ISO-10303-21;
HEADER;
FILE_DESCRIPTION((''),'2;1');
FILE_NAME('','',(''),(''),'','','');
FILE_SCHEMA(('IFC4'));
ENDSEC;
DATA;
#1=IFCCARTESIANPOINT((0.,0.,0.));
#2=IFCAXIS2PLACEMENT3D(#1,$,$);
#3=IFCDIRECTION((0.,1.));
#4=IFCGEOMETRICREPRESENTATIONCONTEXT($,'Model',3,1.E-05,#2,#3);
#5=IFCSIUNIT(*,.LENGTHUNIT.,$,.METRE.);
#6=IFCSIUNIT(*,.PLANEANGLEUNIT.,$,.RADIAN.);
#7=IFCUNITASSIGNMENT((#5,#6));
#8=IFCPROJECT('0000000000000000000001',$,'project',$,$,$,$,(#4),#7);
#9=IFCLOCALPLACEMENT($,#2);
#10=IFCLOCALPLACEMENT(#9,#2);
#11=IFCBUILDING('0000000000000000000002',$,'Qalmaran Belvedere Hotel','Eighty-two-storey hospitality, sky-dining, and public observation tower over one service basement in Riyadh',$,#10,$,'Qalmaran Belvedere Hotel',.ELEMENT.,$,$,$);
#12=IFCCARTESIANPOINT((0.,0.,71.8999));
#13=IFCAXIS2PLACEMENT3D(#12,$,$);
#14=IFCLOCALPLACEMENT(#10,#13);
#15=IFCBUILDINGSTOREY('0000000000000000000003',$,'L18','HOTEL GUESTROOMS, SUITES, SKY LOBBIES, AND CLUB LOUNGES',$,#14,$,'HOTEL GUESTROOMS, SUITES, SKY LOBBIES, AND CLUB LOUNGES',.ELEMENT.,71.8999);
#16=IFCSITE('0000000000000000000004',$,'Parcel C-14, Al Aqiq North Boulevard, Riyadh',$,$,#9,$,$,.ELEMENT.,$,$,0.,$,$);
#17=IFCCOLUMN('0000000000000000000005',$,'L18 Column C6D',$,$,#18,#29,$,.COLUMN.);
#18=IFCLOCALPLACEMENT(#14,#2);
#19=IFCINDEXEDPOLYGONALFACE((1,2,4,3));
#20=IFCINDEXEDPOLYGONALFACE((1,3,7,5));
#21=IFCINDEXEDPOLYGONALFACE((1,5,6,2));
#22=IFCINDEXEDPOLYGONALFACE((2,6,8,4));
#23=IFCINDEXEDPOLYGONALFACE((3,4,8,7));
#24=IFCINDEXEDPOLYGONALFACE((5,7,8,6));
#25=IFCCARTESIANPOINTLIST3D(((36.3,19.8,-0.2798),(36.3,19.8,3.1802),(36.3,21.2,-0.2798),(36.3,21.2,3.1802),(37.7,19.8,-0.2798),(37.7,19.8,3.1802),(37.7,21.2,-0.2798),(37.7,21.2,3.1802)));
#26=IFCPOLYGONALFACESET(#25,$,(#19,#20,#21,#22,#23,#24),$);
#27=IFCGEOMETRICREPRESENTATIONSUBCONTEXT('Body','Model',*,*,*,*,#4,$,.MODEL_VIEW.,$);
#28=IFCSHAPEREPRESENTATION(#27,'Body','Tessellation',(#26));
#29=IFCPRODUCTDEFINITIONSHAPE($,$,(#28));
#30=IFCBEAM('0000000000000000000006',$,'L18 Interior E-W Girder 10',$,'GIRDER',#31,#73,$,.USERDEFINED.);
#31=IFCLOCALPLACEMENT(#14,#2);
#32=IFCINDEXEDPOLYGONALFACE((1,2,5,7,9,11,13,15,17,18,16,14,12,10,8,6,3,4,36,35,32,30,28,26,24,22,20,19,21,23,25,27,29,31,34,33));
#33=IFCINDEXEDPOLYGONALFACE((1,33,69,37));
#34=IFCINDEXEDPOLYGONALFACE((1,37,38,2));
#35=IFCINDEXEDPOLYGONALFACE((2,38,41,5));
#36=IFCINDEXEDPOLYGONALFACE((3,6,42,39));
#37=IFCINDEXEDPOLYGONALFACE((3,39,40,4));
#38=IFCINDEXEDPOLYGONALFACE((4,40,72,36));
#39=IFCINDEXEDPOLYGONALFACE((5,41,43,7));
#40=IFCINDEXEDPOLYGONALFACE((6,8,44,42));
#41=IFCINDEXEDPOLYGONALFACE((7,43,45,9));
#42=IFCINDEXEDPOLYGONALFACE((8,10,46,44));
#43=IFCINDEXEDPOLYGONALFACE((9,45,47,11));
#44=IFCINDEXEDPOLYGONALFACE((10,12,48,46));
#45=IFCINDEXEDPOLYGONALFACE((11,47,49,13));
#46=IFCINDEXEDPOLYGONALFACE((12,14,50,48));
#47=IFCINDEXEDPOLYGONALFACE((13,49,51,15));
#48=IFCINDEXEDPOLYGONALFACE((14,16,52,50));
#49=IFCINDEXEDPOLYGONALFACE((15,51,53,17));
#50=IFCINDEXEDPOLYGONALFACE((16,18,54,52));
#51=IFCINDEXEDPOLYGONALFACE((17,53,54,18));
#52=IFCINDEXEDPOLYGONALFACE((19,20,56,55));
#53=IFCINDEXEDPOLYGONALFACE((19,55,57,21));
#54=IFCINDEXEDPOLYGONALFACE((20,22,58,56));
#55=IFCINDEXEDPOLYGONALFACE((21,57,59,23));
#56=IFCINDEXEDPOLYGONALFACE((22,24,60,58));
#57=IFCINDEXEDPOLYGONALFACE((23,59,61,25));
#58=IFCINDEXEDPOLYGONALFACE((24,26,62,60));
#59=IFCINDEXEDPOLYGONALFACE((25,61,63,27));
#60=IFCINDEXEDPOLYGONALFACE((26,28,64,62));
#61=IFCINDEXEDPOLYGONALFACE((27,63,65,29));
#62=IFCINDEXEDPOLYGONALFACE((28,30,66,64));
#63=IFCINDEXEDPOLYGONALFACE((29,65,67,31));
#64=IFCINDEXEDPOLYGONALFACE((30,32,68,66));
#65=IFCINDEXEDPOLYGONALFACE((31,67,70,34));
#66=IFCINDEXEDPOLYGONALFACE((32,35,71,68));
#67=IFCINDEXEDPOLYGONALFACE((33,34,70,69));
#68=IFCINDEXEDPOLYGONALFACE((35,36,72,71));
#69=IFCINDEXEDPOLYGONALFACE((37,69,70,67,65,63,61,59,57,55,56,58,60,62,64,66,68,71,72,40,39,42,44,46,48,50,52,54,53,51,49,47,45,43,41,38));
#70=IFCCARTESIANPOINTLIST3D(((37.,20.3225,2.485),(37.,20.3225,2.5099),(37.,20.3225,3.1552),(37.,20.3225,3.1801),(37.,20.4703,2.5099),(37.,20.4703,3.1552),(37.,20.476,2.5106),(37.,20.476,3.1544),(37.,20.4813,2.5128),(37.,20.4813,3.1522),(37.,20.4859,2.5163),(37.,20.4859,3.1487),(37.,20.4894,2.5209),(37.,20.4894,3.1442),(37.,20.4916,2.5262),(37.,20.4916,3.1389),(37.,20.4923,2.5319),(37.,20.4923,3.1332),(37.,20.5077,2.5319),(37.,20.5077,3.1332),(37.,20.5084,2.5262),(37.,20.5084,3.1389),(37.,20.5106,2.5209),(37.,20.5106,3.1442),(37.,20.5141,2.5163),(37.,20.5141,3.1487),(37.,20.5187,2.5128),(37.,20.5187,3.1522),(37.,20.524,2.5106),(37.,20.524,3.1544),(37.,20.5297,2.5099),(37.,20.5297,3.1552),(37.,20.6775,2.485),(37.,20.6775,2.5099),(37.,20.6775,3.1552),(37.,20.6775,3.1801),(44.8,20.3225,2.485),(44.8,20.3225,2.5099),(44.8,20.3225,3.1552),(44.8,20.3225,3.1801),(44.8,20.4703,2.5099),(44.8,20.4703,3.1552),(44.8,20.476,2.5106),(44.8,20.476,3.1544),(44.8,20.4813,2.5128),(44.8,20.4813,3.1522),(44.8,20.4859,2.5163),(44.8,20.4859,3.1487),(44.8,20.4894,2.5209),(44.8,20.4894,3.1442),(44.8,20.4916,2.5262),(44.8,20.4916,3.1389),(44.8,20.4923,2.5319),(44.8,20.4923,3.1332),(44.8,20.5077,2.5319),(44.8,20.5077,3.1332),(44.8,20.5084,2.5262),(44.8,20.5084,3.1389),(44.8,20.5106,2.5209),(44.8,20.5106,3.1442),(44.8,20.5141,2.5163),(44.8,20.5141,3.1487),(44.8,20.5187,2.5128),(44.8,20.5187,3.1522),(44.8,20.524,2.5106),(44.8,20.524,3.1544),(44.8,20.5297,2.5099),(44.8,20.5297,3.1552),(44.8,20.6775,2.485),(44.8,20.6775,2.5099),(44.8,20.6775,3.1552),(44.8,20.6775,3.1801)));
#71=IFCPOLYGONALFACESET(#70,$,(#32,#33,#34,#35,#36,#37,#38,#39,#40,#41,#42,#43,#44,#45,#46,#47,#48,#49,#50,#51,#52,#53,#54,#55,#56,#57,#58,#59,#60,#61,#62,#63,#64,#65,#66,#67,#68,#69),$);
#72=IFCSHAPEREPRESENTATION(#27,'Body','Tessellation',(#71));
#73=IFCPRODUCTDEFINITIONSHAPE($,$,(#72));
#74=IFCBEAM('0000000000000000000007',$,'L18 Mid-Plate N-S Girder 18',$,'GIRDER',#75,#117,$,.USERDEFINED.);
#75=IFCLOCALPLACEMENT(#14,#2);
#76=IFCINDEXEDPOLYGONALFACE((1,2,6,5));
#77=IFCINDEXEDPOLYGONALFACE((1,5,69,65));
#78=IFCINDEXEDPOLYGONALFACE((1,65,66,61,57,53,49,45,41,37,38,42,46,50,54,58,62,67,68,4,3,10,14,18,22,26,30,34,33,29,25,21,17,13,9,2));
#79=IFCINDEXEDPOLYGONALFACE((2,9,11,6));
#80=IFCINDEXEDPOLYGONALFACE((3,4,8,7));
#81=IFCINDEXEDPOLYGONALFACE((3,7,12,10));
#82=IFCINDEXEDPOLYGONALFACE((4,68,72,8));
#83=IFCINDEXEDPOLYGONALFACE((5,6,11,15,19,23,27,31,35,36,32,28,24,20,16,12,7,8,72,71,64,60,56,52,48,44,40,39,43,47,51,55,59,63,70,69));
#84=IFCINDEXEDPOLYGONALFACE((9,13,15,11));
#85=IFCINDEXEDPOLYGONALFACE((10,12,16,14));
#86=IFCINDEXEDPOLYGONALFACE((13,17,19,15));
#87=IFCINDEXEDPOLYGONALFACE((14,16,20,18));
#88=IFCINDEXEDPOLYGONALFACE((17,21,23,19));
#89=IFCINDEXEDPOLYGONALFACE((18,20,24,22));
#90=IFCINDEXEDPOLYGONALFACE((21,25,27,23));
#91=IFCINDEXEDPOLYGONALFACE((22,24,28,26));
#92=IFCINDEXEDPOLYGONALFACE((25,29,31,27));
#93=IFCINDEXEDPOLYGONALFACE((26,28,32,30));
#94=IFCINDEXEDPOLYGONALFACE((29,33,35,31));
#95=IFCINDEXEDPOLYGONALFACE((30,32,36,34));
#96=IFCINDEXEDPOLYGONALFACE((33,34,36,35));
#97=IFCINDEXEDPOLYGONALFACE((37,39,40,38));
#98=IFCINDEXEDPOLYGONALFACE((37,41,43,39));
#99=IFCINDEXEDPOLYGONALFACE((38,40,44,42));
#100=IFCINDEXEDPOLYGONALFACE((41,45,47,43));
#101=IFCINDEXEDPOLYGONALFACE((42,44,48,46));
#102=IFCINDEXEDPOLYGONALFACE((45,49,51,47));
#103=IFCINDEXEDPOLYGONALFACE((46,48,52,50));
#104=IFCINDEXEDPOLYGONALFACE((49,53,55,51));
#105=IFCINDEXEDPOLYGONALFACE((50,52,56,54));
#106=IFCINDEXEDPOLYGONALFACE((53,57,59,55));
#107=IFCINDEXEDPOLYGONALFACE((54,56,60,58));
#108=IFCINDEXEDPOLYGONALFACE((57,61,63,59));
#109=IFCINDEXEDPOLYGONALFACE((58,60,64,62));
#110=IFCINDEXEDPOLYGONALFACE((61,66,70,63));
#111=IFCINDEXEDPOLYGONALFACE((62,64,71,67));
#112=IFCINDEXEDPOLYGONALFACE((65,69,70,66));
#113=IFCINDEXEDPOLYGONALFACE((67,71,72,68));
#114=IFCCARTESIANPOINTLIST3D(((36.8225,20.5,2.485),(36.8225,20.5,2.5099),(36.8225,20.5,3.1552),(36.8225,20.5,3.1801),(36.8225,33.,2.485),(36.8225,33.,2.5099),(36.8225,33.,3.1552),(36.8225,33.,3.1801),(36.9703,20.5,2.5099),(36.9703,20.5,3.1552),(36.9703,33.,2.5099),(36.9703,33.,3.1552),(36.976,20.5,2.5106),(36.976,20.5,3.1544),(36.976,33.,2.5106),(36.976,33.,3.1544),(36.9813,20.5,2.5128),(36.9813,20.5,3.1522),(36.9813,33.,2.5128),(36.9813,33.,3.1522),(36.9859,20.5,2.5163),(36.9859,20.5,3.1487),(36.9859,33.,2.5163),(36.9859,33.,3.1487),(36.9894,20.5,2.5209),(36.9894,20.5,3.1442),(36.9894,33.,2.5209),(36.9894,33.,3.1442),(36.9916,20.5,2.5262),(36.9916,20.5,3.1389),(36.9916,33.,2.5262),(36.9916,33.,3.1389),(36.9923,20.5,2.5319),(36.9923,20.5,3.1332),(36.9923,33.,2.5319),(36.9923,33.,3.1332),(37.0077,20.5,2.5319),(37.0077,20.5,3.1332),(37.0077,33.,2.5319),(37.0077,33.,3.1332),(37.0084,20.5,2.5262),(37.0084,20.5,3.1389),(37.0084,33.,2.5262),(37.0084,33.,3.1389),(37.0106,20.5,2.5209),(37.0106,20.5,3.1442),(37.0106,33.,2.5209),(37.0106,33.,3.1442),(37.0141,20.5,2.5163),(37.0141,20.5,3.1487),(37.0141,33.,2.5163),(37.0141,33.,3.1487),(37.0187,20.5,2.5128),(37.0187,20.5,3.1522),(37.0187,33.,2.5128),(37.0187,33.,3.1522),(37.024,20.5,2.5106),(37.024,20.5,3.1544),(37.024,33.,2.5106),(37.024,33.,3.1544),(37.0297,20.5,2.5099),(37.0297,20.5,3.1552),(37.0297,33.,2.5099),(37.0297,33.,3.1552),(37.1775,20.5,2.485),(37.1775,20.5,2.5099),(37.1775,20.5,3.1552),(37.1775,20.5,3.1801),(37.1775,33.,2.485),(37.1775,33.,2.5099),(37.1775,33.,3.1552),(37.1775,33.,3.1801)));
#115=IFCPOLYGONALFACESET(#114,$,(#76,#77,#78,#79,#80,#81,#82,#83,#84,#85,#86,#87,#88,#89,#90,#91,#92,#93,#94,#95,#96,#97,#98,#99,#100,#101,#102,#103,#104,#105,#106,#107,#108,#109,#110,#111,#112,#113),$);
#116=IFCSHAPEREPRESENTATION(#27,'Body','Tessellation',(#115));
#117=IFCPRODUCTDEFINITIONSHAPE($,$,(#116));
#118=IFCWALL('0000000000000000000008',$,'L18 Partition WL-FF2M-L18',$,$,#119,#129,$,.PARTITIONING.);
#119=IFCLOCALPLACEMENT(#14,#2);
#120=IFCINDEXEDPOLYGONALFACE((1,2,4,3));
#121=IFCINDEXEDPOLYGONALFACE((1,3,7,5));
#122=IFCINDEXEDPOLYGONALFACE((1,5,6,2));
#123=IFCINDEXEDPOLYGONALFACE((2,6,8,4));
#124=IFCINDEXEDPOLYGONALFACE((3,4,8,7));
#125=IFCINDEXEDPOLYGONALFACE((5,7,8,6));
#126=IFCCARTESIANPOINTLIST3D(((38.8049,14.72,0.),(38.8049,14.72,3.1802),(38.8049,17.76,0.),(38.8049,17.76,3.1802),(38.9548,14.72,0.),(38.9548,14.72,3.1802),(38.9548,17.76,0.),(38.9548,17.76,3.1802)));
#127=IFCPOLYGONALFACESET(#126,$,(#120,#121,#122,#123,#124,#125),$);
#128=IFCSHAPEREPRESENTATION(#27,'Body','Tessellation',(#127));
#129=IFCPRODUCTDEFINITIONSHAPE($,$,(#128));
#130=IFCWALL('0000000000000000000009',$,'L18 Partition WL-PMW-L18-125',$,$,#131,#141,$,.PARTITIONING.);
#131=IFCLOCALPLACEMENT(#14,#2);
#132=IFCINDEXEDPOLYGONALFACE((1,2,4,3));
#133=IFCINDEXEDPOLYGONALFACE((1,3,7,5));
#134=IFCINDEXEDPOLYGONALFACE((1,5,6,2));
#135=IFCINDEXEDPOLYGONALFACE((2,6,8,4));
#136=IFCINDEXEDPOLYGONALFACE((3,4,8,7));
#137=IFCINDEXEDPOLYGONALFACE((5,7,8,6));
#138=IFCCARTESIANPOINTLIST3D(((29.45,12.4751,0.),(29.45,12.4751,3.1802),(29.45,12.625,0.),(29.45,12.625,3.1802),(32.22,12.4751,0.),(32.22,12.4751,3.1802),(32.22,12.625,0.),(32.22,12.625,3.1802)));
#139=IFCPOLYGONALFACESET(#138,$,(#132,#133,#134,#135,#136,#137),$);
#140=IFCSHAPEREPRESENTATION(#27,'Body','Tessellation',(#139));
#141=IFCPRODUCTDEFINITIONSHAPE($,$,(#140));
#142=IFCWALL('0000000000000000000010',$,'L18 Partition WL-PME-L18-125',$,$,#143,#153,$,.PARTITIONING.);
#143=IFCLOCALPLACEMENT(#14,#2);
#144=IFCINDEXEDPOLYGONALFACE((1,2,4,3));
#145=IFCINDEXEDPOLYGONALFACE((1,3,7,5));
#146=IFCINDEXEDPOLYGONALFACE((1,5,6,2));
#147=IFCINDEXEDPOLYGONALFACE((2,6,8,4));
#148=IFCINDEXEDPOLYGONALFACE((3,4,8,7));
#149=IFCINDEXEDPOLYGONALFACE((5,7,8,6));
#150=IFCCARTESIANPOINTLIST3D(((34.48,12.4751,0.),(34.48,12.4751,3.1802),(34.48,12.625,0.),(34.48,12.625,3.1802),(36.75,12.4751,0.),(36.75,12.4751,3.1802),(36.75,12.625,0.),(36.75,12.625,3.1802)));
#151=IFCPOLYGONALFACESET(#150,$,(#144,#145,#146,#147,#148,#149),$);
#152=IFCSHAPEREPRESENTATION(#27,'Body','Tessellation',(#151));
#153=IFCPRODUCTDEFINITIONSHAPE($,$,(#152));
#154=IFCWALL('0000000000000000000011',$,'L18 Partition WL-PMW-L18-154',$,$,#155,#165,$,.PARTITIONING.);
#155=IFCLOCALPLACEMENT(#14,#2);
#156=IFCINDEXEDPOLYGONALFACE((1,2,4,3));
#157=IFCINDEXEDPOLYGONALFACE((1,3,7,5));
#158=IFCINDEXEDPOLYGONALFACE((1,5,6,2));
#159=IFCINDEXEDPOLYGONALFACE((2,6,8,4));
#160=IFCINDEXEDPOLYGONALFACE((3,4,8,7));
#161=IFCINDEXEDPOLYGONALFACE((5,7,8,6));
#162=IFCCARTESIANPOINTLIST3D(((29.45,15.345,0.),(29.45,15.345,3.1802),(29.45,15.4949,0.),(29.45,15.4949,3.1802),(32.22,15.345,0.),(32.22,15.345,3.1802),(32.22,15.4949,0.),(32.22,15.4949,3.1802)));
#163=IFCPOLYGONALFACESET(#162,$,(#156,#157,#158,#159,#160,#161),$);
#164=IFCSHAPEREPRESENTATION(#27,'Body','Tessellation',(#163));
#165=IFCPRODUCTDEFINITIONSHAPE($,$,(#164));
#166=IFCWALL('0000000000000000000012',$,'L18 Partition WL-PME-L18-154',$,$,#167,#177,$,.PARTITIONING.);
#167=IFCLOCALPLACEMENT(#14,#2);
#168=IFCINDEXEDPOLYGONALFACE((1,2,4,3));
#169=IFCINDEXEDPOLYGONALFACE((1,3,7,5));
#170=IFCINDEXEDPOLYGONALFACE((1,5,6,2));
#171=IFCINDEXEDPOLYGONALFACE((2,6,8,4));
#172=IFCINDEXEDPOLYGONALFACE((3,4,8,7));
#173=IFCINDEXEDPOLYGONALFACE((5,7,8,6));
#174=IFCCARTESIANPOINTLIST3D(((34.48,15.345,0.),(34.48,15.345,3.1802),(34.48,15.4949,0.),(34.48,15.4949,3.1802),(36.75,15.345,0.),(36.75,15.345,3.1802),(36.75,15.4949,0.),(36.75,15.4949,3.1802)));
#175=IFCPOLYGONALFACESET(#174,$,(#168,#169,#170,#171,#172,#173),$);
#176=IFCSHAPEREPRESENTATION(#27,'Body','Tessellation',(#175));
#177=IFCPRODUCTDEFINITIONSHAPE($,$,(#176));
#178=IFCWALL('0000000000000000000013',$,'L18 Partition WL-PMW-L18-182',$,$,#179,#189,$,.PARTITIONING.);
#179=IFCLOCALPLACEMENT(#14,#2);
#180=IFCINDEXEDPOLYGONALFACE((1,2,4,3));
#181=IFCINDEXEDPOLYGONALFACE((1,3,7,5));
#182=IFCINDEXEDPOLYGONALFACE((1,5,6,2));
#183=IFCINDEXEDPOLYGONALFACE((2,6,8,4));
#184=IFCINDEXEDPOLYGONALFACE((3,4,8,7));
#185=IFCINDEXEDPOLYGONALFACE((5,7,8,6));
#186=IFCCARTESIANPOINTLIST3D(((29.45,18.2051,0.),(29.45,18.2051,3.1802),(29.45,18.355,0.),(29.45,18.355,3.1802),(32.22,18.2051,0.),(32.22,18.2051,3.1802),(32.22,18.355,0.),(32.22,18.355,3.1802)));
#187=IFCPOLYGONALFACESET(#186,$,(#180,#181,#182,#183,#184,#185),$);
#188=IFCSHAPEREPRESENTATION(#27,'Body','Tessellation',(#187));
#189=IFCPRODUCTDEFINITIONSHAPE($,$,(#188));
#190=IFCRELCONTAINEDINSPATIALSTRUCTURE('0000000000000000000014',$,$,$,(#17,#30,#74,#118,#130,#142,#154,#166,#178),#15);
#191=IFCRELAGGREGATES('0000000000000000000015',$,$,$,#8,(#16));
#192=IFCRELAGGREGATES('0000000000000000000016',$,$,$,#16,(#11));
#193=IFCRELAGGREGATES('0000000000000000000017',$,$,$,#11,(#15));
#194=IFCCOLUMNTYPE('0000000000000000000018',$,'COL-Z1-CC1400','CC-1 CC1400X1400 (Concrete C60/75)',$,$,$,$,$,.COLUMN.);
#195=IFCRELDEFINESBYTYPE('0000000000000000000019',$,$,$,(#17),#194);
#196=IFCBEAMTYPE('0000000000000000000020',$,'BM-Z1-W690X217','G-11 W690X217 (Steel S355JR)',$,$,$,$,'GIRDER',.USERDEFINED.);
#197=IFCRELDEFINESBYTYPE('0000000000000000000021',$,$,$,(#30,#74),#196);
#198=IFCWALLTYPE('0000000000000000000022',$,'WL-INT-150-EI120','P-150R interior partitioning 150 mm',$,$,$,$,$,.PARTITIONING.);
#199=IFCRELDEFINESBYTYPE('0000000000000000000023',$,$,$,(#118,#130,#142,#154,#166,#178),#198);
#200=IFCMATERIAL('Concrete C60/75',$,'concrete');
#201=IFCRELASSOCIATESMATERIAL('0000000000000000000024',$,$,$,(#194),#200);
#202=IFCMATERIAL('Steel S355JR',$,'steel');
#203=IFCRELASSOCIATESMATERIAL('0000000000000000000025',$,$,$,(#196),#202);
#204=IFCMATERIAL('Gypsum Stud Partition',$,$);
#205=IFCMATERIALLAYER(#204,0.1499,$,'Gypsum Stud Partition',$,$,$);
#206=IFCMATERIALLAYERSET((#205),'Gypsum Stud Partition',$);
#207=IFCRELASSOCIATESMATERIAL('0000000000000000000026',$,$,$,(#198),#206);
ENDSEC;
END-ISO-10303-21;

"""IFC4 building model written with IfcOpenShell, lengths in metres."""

from ifc_helpers import new_model, si_unit, direction, frame, frame_2d, origin, origin_2d, place, context, subcontext, project, spatial, rectangle, i_section, extrude, material, layer, layer_set, material_profile, profile_set, type_object, element, save


model = new_model("IFC4")

# Units and contexts
model_context = context("Model", 3, precision=1e-05, world=origin(), true_north=direction((0.0, 1.0)))
body_context = subcontext(model_context, "Body", "Model", "MODEL_VIEW")
ifc_project = project(units=[si_unit("LENGTHUNIT", "METRE"), si_unit("PLANEANGLEUNIT", "RADIAN")], contexts=[model_context])

# Site, building, storey
site_placement = place(None, origin())
site = spatial("IfcSite", under=ifc_project, at=site_placement, Name="Parcel C-14, Al Aqiq North Boulevard, Riyadh", CompositionType="ELEMENT", RefElevation=0.0)
building_placement = place(site_placement, origin())
building = spatial("IfcBuilding", under=site, at=building_placement, Name="Qalmaran Belvedere Hotel", Description="Eighty-two-storey hospitality, sky-dining, and public observation tower over one service basement in Riyadh", LongName="Qalmaran Belvedere Hotel", CompositionType="ELEMENT")
storey_placement = place(building_placement, frame((0.0, 0.0, 71.8999)))
storey = spatial("IfcBuildingStorey", under=building, at=storey_placement, Name="L18", Description="HOTEL GUESTROOMS, SUITES, SKY LOBBIES, AND CLUB LOUNGES", LongName="HOTEL GUESTROOMS, SUITES, SKY LOBBIES, AND CLUB LOUNGES", CompositionType="ELEMENT", Elevation=71.8999)

# Column
ifc_material_1 = material(Name="Concrete C60/75", Category="concrete")
ifc_material_profile_1 = material_profile(ifc_material_1, rectangle(XDim=1.3999, YDim=1.3999, at=origin_2d()), Name="CC1400X1400")
ifc_profile_set_1 = profile_set([ifc_material_profile_1], Name="Concrete C60/75")
column_type = type_object("IfcColumnType", Name="COL-Z1-CC1400", Description="CC-1 CC1400X1400 (Concrete C60/75)", PredefinedType="COLUMN", material=ifc_profile_set_1)
column_placement = place(storey_placement, frame((37.0, 20.5, -0.2798), z_axis=(0.0, 0.0, 1.0), x_axis=(1.0, 0.0, 0.0)))
element("IfcColumn", 1, at=column_placement, inside=storey, type_object=column_type, Name="L18 Column C6D", PredefinedType="COLUMN", context=body_context, shape_type="SweptSolid", body=[
    extrude(rectangle(XDim=1.3999, YDim=1.3999, at=origin_2d()), origin(), (0.0, 0.0, 1.0), 3.46),
])

# Beams
ifc_material_2 = material(Name="Steel S355JR", Category="steel")
ifc_material_profile_2 = material_profile(ifc_material_2, i_section(OverallWidth=0.355, OverallDepth=0.6951, WebThickness=0.0154, FlangeThickness=0.0249, FilletRadius=0.022, at=origin_2d()), Name="W690X217")
ifc_profile_set_2 = profile_set([ifc_material_profile_2], Name="Steel S355JR")
beam_type = type_object("IfcBeamType", Name="BM-Z1-W690X217", Description="G-11 W690X217 (Steel S355JR)", ElementType="GIRDER", PredefinedType="USERDEFINED", material=ifc_profile_set_2)
beam_1_placement = place(storey_placement, frame((37.0, 20.5, 2.8325), z_axis=(1.0, 0.0, 0.0), x_axis=(0.0, 1.0, 0.0)))
element("IfcBeam", 2, at=beam_1_placement, inside=storey, type_object=beam_type, Name="L18 Interior E-W Girder 10", ObjectType="GIRDER", PredefinedType="USERDEFINED", context=body_context, shape_type="SweptSolid", body=[
    extrude(i_section(OverallWidth=0.355, OverallDepth=0.6951, WebThickness=0.0154, FlangeThickness=0.0249, FilletRadius=0.022, at=origin_2d()), origin(), (0.0, 0.0, 1.0), 7.8),
])
beam_2_placement = place(storey_placement, frame((37.0, 20.5, 2.8325), z_axis=(0.0, 1.0, 0.0), x_axis=(-1.0, 0.0, 0.0)))
element("IfcBeam", 3, at=beam_2_placement, inside=storey, type_object=beam_type, Name="L18 Mid-Plate N-S Girder 18", ObjectType="GIRDER", PredefinedType="USERDEFINED", context=body_context, shape_type="SweptSolid", body=[
    extrude(i_section(OverallWidth=0.355, OverallDepth=0.6951, WebThickness=0.0154, FlangeThickness=0.0249, FilletRadius=0.022, at=origin_2d()), origin(), (0.0, 0.0, 1.0), 12.5),
])

# Walls
ifc_material_3 = material(Name="Gypsum Stud Partition")
ifc_layer_1 = layer(ifc_material_3, 0.1499, Name="Gypsum Stud Partition")
ifc_layer_set_1 = layer_set([ifc_layer_1], Name="Gypsum Stud Partition")
wall_type_1 = type_object("IfcWallType", Name="WL-INT-150-EI120", Description="P-150R interior partitioning 150 mm", PredefinedType="PARTITIONING", material=ifc_layer_set_1)
wall_1_placement = place(storey_placement, frame((38.8799, 14.72, 0.0), z_axis=(0.0, 0.0, 1.0), x_axis=(0.0, 1.0, 0.0)))
element("IfcWall", 4, at=wall_1_placement, inside=storey, type_object=wall_type_1, Name="L18 Partition WL-FF2M-L18", PredefinedType="PARTITIONING", context=body_context, shape_type="SweptSolid", body=[
    extrude(rectangle(XDim=3.04, YDim=0.1499, at=frame_2d((1.52, 0.0))), origin(), (0.0, 0.0, 1.0), 3.1802),
])
wall_2_placement = place(storey_placement, frame((29.45, 12.55, 0.0), z_axis=(0.0, 0.0, 1.0), x_axis=(1.0, 0.0, 0.0)))
element("IfcWall", 5, at=wall_2_placement, inside=storey, type_object=wall_type_1, Name="L18 Partition WL-PMW-L18-125", PredefinedType="PARTITIONING", context=body_context, shape_type="SweptSolid", body=[
    extrude(rectangle(XDim=2.77, YDim=0.1499, at=frame_2d((1.385, 0.0))), origin(), (0.0, 0.0, 1.0), 3.1802),
])
wall_3_placement = place(storey_placement, frame((34.48, 12.55, 0.0), z_axis=(0.0, 0.0, 1.0), x_axis=(1.0, 0.0, 0.0)))
element("IfcWall", 6, at=wall_3_placement, inside=storey, type_object=wall_type_1, Name="L18 Partition WL-PME-L18-125", PredefinedType="PARTITIONING", context=body_context, shape_type="SweptSolid", body=[
    extrude(rectangle(XDim=2.27, YDim=0.1499, at=frame_2d((1.135, 0.0))), origin(), (0.0, 0.0, 1.0), 3.1802),
])
wall_4_placement = place(storey_placement, frame((29.45, 15.4199, 0.0), z_axis=(0.0, 0.0, 1.0), x_axis=(1.0, 0.0, 0.0)))
element("IfcWall", 7, at=wall_4_placement, inside=storey, type_object=wall_type_1, Name="L18 Partition WL-PMW-L18-154", PredefinedType="PARTITIONING", context=body_context, shape_type="SweptSolid", body=[
    extrude(rectangle(XDim=2.77, YDim=0.1499, at=frame_2d((1.385, 0.0))), origin(), (0.0, 0.0, 1.0), 3.1802),
])
wall_5_placement = place(storey_placement, frame((34.48, 15.4199, 0.0), z_axis=(0.0, 0.0, 1.0), x_axis=(1.0, 0.0, 0.0)))
element("IfcWall", 8, at=wall_5_placement, inside=storey, type_object=wall_type_1, Name="L18 Partition WL-PME-L18-154", PredefinedType="PARTITIONING", context=body_context, shape_type="SweptSolid", body=[
    extrude(rectangle(XDim=2.27, YDim=0.1499, at=frame_2d((1.135, 0.0))), origin(), (0.0, 0.0, 1.0), 3.1802),
])
wall_6_placement = place(storey_placement, frame((29.45, 18.28, 0.0), z_axis=(0.0, 0.0, 1.0), x_axis=(1.0, 0.0, 0.0)))
element("IfcWall", 9, at=wall_6_placement, inside=storey, type_object=wall_type_1, Name="L18 Partition WL-PMW-L18-182", PredefinedType="PARTITIONING", context=body_context, shape_type="SweptSolid", body=[
    extrude(rectangle(XDim=2.77, YDim=0.1499, at=frame_2d((1.385, 0.0))), origin(), (0.0, 0.0, 1.0), 3.1802),
])

save(model, "model.ifc")
